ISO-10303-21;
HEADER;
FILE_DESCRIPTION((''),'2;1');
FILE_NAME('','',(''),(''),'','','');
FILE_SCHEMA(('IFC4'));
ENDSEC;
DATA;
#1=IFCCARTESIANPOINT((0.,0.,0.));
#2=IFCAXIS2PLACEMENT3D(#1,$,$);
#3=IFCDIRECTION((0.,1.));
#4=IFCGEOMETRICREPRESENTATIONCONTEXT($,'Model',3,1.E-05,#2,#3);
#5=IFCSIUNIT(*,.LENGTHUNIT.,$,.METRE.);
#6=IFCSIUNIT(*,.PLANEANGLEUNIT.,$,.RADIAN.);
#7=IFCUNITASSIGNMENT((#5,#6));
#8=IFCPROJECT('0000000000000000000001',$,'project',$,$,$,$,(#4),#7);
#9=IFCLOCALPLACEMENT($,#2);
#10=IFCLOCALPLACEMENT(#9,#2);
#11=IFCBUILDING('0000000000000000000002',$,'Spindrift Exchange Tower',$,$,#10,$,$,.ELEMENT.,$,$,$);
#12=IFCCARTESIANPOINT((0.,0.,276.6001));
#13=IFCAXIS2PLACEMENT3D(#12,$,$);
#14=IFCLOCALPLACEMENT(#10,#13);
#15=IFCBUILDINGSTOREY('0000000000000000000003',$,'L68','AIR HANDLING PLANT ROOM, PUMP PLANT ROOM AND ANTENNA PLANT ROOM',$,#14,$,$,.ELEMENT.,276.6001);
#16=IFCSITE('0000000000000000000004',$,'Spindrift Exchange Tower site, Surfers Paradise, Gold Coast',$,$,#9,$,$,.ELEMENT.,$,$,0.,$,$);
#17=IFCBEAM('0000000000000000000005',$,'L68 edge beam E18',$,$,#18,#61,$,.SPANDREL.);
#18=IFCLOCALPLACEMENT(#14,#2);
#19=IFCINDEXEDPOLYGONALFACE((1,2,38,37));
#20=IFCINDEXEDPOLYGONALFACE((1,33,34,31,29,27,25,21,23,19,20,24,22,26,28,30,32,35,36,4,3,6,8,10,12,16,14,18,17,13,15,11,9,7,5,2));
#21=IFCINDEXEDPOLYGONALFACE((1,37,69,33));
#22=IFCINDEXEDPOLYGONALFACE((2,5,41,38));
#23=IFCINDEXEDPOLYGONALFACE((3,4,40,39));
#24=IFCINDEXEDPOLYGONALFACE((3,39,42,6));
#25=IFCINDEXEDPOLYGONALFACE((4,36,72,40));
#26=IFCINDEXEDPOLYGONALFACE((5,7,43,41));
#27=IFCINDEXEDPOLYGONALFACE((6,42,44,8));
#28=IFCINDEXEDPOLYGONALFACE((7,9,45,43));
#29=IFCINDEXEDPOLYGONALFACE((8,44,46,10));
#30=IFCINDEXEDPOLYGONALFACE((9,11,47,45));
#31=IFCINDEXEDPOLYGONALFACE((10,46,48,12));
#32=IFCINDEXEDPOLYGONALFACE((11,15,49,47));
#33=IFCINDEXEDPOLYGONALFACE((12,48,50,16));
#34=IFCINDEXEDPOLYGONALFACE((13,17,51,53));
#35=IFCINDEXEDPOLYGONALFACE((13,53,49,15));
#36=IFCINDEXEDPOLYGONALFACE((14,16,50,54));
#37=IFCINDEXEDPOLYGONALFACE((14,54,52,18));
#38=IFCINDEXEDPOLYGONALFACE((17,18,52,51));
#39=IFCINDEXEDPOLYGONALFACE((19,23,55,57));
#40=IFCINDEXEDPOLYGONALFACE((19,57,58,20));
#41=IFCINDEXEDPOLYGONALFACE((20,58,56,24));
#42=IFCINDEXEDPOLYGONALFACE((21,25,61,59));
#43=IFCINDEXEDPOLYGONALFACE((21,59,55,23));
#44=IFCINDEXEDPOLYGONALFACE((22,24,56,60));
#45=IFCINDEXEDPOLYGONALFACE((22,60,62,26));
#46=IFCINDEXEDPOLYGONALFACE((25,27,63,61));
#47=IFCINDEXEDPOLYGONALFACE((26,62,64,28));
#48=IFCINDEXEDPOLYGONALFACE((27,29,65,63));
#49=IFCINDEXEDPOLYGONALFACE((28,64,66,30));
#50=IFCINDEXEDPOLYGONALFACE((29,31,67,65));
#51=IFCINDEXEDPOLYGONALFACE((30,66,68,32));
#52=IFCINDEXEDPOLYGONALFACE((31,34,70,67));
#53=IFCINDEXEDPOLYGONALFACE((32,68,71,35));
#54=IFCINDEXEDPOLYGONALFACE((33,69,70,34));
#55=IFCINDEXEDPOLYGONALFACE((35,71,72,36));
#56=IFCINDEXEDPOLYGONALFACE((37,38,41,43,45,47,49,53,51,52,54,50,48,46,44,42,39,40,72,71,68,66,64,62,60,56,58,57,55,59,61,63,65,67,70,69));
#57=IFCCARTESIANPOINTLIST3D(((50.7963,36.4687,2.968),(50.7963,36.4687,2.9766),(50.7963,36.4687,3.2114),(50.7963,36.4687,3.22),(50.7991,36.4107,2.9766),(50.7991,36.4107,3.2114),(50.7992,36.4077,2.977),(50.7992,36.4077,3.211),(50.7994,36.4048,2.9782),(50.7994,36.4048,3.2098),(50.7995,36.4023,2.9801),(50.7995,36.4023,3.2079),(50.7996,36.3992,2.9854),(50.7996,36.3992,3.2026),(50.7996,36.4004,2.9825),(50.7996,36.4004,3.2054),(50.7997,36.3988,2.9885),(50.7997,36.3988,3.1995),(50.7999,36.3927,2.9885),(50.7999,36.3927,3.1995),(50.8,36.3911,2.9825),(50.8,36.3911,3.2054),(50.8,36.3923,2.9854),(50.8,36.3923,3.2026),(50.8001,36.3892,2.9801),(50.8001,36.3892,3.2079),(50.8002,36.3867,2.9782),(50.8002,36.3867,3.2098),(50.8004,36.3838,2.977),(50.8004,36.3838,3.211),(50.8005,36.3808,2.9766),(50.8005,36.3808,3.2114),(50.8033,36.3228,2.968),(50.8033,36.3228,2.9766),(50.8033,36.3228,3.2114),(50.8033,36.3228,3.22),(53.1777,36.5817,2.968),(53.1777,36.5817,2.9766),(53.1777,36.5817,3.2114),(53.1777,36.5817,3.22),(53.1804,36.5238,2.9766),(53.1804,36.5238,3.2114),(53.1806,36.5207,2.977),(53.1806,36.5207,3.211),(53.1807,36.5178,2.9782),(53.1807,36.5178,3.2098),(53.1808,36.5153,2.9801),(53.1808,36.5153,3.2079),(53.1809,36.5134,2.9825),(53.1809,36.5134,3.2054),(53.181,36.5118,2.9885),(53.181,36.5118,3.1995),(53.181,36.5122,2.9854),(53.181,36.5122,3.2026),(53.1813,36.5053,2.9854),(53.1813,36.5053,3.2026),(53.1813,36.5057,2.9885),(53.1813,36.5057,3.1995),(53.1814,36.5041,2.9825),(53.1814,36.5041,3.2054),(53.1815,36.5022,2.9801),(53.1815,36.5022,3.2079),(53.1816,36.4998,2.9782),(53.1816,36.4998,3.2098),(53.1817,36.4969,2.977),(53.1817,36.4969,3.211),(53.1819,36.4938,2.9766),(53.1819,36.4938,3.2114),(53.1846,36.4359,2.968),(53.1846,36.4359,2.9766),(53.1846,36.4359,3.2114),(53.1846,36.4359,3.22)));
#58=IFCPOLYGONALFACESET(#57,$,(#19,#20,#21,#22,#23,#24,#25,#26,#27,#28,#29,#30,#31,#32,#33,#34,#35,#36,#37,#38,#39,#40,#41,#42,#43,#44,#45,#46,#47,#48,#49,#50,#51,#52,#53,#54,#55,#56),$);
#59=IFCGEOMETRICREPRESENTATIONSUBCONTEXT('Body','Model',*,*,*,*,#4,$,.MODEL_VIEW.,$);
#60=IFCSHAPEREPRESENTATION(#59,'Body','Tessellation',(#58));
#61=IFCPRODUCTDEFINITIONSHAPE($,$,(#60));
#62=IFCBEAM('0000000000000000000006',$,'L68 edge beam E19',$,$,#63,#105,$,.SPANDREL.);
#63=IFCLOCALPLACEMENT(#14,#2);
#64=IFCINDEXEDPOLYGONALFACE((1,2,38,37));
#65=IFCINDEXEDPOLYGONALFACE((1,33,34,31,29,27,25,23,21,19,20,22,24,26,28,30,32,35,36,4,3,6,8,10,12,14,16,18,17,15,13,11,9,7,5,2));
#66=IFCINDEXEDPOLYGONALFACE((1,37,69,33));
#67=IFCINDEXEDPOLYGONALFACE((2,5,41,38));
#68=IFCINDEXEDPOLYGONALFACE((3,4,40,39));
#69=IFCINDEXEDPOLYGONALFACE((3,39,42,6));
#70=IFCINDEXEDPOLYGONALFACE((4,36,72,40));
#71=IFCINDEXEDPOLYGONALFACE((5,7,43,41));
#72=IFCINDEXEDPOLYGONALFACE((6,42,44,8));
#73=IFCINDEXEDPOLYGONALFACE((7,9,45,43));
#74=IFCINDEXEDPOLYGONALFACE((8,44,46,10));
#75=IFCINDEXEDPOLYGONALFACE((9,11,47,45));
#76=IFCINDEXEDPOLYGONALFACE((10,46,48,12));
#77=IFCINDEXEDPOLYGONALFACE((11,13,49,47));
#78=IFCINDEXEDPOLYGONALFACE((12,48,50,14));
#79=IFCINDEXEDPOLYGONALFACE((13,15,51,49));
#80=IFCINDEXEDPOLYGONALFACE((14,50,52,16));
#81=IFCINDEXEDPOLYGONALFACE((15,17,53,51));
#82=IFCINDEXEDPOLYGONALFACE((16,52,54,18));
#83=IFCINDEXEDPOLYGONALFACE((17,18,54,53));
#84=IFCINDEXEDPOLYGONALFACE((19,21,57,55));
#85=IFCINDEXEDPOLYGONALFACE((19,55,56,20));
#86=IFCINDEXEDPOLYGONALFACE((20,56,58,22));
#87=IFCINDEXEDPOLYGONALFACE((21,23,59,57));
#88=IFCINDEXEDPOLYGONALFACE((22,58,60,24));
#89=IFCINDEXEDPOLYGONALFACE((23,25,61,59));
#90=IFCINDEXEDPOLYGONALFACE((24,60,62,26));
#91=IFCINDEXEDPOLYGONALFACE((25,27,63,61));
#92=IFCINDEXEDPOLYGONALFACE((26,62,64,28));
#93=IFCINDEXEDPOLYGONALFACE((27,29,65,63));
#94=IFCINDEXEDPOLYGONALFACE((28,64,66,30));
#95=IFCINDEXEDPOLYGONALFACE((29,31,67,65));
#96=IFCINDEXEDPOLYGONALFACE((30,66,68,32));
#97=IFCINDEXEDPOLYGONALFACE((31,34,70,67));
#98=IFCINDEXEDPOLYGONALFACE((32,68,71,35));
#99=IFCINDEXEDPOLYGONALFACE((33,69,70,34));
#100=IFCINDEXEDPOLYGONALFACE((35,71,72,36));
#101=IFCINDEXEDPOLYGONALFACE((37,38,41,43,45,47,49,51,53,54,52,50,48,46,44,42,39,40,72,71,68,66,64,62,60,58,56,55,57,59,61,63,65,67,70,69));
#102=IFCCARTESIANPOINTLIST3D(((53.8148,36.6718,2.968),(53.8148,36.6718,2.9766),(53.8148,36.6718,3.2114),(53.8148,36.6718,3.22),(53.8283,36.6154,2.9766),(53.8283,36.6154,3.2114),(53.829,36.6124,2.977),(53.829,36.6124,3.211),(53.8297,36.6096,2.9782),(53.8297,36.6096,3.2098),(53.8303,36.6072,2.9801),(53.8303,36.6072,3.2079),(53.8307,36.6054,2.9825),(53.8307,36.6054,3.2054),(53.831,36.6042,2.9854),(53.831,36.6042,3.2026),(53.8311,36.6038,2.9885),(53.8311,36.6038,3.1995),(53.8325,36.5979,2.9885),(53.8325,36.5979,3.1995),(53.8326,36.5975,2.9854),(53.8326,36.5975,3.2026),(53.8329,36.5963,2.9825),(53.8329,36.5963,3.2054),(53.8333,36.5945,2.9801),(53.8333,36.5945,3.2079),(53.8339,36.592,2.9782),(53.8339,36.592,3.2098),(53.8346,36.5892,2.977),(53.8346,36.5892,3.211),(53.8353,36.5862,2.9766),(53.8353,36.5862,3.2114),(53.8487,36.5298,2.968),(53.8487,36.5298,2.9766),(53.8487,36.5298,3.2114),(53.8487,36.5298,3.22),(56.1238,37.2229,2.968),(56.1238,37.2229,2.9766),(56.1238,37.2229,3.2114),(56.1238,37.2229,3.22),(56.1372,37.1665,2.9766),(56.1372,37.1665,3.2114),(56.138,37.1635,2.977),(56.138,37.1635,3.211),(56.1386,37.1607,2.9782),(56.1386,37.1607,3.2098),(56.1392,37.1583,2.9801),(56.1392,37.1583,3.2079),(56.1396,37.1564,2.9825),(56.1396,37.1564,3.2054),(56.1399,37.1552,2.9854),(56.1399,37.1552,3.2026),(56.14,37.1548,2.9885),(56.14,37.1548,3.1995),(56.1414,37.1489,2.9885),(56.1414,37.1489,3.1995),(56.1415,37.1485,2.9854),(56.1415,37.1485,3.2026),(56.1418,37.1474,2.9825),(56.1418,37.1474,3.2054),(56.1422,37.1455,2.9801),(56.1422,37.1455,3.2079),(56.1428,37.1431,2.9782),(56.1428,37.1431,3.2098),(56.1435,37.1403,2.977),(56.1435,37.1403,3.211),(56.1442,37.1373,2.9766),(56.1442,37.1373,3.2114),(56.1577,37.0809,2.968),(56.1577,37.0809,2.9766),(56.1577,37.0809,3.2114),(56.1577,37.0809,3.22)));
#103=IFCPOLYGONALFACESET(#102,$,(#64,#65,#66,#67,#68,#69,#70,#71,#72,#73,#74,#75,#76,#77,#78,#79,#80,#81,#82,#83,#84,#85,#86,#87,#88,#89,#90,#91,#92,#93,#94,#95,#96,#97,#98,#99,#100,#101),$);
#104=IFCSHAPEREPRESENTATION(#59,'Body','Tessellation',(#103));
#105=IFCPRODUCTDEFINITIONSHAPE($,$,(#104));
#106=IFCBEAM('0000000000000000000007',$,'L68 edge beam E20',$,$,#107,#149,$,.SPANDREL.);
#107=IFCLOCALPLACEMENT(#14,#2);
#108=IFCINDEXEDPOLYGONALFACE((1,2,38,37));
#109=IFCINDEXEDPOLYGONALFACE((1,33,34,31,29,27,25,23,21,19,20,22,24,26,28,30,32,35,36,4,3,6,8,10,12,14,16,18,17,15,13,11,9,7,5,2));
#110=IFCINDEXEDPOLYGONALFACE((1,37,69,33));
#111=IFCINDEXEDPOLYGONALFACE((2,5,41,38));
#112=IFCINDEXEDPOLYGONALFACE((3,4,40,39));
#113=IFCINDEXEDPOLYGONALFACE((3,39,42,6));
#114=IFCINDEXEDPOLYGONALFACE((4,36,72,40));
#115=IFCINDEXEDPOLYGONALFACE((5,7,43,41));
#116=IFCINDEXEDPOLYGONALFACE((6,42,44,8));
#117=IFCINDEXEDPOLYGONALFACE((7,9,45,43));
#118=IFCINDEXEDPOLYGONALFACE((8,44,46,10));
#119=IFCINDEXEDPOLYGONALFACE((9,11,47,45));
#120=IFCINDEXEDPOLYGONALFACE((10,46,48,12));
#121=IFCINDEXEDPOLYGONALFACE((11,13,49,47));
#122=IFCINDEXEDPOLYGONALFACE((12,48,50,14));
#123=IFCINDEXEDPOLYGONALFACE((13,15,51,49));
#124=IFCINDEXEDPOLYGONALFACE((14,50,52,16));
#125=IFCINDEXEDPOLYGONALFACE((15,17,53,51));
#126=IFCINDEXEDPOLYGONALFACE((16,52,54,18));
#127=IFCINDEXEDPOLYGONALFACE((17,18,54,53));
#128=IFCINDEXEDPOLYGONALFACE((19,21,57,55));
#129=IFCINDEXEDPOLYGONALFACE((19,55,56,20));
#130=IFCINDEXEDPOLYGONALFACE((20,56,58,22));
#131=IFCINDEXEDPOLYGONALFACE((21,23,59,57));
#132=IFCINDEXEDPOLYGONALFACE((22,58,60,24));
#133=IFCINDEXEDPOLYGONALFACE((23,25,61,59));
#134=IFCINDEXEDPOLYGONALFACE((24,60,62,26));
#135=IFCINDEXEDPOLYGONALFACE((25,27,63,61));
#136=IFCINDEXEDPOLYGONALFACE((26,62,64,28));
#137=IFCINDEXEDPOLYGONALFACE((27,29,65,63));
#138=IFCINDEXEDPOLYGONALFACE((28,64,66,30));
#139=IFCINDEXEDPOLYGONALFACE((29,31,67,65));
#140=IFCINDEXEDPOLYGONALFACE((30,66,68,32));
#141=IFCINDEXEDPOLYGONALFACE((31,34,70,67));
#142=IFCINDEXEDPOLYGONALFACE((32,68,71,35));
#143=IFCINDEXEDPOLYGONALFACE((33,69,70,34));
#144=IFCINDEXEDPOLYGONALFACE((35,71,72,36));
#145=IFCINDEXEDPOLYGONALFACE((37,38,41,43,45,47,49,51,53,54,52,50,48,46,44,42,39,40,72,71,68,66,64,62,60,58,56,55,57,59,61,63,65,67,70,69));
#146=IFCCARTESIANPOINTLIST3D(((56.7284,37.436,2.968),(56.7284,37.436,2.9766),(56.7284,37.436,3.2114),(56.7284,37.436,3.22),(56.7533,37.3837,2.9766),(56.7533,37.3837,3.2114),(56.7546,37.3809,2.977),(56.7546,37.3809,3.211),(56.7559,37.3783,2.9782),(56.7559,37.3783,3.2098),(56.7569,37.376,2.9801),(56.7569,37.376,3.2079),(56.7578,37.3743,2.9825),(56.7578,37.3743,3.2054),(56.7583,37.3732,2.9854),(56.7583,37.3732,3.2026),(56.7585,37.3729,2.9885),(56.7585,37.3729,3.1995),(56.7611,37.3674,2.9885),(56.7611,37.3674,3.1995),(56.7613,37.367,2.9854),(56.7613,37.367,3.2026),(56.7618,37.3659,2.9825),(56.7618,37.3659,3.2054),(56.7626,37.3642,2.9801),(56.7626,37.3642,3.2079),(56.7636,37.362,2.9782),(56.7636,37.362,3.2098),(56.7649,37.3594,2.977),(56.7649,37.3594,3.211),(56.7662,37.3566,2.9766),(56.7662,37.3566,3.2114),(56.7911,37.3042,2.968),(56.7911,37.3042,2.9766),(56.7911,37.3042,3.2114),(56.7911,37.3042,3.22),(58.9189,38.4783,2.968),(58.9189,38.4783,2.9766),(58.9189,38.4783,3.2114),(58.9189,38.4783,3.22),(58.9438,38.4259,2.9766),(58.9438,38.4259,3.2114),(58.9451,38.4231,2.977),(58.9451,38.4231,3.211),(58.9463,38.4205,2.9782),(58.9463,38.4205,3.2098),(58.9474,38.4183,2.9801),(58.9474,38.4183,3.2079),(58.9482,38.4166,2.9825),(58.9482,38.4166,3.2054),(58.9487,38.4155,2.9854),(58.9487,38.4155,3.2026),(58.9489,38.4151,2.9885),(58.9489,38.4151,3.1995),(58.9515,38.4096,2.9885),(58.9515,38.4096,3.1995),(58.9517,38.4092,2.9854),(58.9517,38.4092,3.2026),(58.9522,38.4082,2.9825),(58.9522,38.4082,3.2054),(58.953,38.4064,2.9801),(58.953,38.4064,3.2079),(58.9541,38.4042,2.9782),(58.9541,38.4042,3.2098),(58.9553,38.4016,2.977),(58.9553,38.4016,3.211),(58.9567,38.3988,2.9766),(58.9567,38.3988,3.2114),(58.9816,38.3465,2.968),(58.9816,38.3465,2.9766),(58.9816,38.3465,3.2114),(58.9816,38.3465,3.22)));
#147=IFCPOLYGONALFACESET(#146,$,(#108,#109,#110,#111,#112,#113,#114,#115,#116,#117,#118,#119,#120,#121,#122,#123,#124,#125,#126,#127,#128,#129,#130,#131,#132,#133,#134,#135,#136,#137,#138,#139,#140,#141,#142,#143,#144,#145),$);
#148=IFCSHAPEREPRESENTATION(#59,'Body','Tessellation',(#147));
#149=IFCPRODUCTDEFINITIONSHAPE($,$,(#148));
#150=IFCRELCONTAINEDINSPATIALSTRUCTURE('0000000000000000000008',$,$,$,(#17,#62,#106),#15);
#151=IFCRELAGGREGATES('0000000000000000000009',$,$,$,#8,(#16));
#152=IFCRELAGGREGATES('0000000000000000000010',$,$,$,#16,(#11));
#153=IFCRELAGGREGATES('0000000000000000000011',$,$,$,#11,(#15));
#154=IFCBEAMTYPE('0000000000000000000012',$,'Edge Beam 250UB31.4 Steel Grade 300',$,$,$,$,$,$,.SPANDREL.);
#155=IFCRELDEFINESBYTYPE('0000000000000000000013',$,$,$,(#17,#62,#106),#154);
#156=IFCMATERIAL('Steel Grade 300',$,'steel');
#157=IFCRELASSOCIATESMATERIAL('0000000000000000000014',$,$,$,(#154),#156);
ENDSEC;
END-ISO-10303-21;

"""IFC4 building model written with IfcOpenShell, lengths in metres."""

from ifc_helpers import new_model, si_unit, direction, frame, origin, origin_2d, place, context, subcontext, project, spatial, i_section, extrude, source, transform, mapped, material, material_profile, profile_set, type_object, element, save


model = new_model("IFC4")

# Units and contexts
model_context = context("Model", 3, precision=1e-05, world=origin(), true_north=direction((0.0, 1.0)))
body_context = subcontext(model_context, "Body", "Model", "MODEL_VIEW")
ifc_project = project(units=[si_unit("LENGTHUNIT", "METRE"), si_unit("PLANEANGLEUNIT", "RADIAN")], contexts=[model_context])

# Site, building, storey
site_placement = place(None, origin())
site = spatial("IfcSite", under=ifc_project, at=site_placement, Name="Spindrift Exchange Tower site, Surfers Paradise, Gold Coast", CompositionType="ELEMENT", RefElevation=0.0)
building_placement = place(site_placement, origin())
building = spatial("IfcBuilding", under=site, at=building_placement, Name="Spindrift Exchange Tower", CompositionType="ELEMENT")
storey_placement = place(building_placement, frame((0.0, 0.0, 276.6001)))
storey = spatial("IfcBuildingStorey", under=building, at=storey_placement, Name="L68", Description="AIR HANDLING PLANT ROOM, PUMP PLANT ROOM AND ANTENNA PLANT ROOM", CompositionType="ELEMENT", Elevation=276.6001)

# Beams
ifc_material_1 = material(Name="Steel Grade 300", Category="steel")
ifc_material_profile_1 = material_profile(ifc_material_1, i_section(OverallWidth=0.146, OverallDepth=0.252, WebThickness=0.0061, FlangeThickness=0.0085, FilletRadius=0.012, at=origin_2d()), Name="250UB31.4")
ifc_profile_set_1 = profile_set([ifc_material_profile_1], Name="Steel Grade 300")
beam_type_1 = type_object("IfcBeamType", Name="Edge Beam 250UB31.4 Steel Grade 300", PredefinedType="SPANDREL", material=ifc_profile_set_1)
shared_shape_1 = source(origin(), body_context, "Body", "SweptSolid", [
    extrude(i_section(OverallWidth=0.146, OverallDepth=0.252, WebThickness=0.0061, FlangeThickness=0.0085, FilletRadius=0.012, at=origin_2d()), origin(), (0.0, 0.0, 1.0), 2.384),
])
beam_1_placement = place(storey_placement, frame((50.7998, 36.3958, 3.094), z_axis=(0.998875, 0.047414, 0.0), x_axis=(-0.047414, 0.998875, 0.0)))
element("IfcBeam", 1, at=beam_1_placement, inside=storey, type_object=beam_type_1, Name="L68 edge beam E18", PredefinedType="SPANDREL", context=body_context, shape_type="MappedRepresentation", body=[
    mapped(shared_shape_1, transform((0.0, 0.0, 0.0), scale=1.0)),
])
shared_shape_2 = source(origin(), body_context, "Body", "SweptSolid", [
    extrude(i_section(OverallWidth=0.146, OverallDepth=0.252, WebThickness=0.0061, FlangeThickness=0.0085, FilletRadius=0.012, at=origin_2d()), origin(), (0.0, 0.0, 1.0), 2.3738),
])
beam_2_placement = place(storey_placement, frame((53.8318, 36.6008, 3.094), z_axis=(0.972682, 0.23214, 0.0), x_axis=(-0.23214, 0.972682, 0.0)))
element("IfcBeam", 2, at=beam_2_placement, inside=storey, type_object=beam_type_1, Name="L68 edge beam E19", PredefinedType="SPANDREL", context=body_context, shape_type="MappedRepresentation", body=[
    mapped(shared_shape_2, transform((0.0, 0.0, 0.0), scale=1.0)),
])
shared_shape_3 = source(origin(), body_context, "Body", "SweptSolid", [
    extrude(i_section(OverallWidth=0.146, OverallDepth=0.252, WebThickness=0.0061, FlangeThickness=0.0085, FilletRadius=0.012, at=origin_2d()), origin(), (0.0, 0.0, 1.0), 2.4258),
])
beam_3_placement = place(storey_placement, frame((56.7598, 37.3701, 3.094), z_axis=(0.902993, 0.429656, 0.0), x_axis=(-0.429656, 0.902993, 0.0)))
element("IfcBeam", 3, at=beam_3_placement, inside=storey, type_object=beam_type_1, Name="L68 edge beam E20", PredefinedType="SPANDREL", context=body_context, shape_type="MappedRepresentation", body=[
    mapped(shared_shape_3, transform((0.0, 0.0, 0.0), scale=1.0)),
])

save(model, "model.ifc")
